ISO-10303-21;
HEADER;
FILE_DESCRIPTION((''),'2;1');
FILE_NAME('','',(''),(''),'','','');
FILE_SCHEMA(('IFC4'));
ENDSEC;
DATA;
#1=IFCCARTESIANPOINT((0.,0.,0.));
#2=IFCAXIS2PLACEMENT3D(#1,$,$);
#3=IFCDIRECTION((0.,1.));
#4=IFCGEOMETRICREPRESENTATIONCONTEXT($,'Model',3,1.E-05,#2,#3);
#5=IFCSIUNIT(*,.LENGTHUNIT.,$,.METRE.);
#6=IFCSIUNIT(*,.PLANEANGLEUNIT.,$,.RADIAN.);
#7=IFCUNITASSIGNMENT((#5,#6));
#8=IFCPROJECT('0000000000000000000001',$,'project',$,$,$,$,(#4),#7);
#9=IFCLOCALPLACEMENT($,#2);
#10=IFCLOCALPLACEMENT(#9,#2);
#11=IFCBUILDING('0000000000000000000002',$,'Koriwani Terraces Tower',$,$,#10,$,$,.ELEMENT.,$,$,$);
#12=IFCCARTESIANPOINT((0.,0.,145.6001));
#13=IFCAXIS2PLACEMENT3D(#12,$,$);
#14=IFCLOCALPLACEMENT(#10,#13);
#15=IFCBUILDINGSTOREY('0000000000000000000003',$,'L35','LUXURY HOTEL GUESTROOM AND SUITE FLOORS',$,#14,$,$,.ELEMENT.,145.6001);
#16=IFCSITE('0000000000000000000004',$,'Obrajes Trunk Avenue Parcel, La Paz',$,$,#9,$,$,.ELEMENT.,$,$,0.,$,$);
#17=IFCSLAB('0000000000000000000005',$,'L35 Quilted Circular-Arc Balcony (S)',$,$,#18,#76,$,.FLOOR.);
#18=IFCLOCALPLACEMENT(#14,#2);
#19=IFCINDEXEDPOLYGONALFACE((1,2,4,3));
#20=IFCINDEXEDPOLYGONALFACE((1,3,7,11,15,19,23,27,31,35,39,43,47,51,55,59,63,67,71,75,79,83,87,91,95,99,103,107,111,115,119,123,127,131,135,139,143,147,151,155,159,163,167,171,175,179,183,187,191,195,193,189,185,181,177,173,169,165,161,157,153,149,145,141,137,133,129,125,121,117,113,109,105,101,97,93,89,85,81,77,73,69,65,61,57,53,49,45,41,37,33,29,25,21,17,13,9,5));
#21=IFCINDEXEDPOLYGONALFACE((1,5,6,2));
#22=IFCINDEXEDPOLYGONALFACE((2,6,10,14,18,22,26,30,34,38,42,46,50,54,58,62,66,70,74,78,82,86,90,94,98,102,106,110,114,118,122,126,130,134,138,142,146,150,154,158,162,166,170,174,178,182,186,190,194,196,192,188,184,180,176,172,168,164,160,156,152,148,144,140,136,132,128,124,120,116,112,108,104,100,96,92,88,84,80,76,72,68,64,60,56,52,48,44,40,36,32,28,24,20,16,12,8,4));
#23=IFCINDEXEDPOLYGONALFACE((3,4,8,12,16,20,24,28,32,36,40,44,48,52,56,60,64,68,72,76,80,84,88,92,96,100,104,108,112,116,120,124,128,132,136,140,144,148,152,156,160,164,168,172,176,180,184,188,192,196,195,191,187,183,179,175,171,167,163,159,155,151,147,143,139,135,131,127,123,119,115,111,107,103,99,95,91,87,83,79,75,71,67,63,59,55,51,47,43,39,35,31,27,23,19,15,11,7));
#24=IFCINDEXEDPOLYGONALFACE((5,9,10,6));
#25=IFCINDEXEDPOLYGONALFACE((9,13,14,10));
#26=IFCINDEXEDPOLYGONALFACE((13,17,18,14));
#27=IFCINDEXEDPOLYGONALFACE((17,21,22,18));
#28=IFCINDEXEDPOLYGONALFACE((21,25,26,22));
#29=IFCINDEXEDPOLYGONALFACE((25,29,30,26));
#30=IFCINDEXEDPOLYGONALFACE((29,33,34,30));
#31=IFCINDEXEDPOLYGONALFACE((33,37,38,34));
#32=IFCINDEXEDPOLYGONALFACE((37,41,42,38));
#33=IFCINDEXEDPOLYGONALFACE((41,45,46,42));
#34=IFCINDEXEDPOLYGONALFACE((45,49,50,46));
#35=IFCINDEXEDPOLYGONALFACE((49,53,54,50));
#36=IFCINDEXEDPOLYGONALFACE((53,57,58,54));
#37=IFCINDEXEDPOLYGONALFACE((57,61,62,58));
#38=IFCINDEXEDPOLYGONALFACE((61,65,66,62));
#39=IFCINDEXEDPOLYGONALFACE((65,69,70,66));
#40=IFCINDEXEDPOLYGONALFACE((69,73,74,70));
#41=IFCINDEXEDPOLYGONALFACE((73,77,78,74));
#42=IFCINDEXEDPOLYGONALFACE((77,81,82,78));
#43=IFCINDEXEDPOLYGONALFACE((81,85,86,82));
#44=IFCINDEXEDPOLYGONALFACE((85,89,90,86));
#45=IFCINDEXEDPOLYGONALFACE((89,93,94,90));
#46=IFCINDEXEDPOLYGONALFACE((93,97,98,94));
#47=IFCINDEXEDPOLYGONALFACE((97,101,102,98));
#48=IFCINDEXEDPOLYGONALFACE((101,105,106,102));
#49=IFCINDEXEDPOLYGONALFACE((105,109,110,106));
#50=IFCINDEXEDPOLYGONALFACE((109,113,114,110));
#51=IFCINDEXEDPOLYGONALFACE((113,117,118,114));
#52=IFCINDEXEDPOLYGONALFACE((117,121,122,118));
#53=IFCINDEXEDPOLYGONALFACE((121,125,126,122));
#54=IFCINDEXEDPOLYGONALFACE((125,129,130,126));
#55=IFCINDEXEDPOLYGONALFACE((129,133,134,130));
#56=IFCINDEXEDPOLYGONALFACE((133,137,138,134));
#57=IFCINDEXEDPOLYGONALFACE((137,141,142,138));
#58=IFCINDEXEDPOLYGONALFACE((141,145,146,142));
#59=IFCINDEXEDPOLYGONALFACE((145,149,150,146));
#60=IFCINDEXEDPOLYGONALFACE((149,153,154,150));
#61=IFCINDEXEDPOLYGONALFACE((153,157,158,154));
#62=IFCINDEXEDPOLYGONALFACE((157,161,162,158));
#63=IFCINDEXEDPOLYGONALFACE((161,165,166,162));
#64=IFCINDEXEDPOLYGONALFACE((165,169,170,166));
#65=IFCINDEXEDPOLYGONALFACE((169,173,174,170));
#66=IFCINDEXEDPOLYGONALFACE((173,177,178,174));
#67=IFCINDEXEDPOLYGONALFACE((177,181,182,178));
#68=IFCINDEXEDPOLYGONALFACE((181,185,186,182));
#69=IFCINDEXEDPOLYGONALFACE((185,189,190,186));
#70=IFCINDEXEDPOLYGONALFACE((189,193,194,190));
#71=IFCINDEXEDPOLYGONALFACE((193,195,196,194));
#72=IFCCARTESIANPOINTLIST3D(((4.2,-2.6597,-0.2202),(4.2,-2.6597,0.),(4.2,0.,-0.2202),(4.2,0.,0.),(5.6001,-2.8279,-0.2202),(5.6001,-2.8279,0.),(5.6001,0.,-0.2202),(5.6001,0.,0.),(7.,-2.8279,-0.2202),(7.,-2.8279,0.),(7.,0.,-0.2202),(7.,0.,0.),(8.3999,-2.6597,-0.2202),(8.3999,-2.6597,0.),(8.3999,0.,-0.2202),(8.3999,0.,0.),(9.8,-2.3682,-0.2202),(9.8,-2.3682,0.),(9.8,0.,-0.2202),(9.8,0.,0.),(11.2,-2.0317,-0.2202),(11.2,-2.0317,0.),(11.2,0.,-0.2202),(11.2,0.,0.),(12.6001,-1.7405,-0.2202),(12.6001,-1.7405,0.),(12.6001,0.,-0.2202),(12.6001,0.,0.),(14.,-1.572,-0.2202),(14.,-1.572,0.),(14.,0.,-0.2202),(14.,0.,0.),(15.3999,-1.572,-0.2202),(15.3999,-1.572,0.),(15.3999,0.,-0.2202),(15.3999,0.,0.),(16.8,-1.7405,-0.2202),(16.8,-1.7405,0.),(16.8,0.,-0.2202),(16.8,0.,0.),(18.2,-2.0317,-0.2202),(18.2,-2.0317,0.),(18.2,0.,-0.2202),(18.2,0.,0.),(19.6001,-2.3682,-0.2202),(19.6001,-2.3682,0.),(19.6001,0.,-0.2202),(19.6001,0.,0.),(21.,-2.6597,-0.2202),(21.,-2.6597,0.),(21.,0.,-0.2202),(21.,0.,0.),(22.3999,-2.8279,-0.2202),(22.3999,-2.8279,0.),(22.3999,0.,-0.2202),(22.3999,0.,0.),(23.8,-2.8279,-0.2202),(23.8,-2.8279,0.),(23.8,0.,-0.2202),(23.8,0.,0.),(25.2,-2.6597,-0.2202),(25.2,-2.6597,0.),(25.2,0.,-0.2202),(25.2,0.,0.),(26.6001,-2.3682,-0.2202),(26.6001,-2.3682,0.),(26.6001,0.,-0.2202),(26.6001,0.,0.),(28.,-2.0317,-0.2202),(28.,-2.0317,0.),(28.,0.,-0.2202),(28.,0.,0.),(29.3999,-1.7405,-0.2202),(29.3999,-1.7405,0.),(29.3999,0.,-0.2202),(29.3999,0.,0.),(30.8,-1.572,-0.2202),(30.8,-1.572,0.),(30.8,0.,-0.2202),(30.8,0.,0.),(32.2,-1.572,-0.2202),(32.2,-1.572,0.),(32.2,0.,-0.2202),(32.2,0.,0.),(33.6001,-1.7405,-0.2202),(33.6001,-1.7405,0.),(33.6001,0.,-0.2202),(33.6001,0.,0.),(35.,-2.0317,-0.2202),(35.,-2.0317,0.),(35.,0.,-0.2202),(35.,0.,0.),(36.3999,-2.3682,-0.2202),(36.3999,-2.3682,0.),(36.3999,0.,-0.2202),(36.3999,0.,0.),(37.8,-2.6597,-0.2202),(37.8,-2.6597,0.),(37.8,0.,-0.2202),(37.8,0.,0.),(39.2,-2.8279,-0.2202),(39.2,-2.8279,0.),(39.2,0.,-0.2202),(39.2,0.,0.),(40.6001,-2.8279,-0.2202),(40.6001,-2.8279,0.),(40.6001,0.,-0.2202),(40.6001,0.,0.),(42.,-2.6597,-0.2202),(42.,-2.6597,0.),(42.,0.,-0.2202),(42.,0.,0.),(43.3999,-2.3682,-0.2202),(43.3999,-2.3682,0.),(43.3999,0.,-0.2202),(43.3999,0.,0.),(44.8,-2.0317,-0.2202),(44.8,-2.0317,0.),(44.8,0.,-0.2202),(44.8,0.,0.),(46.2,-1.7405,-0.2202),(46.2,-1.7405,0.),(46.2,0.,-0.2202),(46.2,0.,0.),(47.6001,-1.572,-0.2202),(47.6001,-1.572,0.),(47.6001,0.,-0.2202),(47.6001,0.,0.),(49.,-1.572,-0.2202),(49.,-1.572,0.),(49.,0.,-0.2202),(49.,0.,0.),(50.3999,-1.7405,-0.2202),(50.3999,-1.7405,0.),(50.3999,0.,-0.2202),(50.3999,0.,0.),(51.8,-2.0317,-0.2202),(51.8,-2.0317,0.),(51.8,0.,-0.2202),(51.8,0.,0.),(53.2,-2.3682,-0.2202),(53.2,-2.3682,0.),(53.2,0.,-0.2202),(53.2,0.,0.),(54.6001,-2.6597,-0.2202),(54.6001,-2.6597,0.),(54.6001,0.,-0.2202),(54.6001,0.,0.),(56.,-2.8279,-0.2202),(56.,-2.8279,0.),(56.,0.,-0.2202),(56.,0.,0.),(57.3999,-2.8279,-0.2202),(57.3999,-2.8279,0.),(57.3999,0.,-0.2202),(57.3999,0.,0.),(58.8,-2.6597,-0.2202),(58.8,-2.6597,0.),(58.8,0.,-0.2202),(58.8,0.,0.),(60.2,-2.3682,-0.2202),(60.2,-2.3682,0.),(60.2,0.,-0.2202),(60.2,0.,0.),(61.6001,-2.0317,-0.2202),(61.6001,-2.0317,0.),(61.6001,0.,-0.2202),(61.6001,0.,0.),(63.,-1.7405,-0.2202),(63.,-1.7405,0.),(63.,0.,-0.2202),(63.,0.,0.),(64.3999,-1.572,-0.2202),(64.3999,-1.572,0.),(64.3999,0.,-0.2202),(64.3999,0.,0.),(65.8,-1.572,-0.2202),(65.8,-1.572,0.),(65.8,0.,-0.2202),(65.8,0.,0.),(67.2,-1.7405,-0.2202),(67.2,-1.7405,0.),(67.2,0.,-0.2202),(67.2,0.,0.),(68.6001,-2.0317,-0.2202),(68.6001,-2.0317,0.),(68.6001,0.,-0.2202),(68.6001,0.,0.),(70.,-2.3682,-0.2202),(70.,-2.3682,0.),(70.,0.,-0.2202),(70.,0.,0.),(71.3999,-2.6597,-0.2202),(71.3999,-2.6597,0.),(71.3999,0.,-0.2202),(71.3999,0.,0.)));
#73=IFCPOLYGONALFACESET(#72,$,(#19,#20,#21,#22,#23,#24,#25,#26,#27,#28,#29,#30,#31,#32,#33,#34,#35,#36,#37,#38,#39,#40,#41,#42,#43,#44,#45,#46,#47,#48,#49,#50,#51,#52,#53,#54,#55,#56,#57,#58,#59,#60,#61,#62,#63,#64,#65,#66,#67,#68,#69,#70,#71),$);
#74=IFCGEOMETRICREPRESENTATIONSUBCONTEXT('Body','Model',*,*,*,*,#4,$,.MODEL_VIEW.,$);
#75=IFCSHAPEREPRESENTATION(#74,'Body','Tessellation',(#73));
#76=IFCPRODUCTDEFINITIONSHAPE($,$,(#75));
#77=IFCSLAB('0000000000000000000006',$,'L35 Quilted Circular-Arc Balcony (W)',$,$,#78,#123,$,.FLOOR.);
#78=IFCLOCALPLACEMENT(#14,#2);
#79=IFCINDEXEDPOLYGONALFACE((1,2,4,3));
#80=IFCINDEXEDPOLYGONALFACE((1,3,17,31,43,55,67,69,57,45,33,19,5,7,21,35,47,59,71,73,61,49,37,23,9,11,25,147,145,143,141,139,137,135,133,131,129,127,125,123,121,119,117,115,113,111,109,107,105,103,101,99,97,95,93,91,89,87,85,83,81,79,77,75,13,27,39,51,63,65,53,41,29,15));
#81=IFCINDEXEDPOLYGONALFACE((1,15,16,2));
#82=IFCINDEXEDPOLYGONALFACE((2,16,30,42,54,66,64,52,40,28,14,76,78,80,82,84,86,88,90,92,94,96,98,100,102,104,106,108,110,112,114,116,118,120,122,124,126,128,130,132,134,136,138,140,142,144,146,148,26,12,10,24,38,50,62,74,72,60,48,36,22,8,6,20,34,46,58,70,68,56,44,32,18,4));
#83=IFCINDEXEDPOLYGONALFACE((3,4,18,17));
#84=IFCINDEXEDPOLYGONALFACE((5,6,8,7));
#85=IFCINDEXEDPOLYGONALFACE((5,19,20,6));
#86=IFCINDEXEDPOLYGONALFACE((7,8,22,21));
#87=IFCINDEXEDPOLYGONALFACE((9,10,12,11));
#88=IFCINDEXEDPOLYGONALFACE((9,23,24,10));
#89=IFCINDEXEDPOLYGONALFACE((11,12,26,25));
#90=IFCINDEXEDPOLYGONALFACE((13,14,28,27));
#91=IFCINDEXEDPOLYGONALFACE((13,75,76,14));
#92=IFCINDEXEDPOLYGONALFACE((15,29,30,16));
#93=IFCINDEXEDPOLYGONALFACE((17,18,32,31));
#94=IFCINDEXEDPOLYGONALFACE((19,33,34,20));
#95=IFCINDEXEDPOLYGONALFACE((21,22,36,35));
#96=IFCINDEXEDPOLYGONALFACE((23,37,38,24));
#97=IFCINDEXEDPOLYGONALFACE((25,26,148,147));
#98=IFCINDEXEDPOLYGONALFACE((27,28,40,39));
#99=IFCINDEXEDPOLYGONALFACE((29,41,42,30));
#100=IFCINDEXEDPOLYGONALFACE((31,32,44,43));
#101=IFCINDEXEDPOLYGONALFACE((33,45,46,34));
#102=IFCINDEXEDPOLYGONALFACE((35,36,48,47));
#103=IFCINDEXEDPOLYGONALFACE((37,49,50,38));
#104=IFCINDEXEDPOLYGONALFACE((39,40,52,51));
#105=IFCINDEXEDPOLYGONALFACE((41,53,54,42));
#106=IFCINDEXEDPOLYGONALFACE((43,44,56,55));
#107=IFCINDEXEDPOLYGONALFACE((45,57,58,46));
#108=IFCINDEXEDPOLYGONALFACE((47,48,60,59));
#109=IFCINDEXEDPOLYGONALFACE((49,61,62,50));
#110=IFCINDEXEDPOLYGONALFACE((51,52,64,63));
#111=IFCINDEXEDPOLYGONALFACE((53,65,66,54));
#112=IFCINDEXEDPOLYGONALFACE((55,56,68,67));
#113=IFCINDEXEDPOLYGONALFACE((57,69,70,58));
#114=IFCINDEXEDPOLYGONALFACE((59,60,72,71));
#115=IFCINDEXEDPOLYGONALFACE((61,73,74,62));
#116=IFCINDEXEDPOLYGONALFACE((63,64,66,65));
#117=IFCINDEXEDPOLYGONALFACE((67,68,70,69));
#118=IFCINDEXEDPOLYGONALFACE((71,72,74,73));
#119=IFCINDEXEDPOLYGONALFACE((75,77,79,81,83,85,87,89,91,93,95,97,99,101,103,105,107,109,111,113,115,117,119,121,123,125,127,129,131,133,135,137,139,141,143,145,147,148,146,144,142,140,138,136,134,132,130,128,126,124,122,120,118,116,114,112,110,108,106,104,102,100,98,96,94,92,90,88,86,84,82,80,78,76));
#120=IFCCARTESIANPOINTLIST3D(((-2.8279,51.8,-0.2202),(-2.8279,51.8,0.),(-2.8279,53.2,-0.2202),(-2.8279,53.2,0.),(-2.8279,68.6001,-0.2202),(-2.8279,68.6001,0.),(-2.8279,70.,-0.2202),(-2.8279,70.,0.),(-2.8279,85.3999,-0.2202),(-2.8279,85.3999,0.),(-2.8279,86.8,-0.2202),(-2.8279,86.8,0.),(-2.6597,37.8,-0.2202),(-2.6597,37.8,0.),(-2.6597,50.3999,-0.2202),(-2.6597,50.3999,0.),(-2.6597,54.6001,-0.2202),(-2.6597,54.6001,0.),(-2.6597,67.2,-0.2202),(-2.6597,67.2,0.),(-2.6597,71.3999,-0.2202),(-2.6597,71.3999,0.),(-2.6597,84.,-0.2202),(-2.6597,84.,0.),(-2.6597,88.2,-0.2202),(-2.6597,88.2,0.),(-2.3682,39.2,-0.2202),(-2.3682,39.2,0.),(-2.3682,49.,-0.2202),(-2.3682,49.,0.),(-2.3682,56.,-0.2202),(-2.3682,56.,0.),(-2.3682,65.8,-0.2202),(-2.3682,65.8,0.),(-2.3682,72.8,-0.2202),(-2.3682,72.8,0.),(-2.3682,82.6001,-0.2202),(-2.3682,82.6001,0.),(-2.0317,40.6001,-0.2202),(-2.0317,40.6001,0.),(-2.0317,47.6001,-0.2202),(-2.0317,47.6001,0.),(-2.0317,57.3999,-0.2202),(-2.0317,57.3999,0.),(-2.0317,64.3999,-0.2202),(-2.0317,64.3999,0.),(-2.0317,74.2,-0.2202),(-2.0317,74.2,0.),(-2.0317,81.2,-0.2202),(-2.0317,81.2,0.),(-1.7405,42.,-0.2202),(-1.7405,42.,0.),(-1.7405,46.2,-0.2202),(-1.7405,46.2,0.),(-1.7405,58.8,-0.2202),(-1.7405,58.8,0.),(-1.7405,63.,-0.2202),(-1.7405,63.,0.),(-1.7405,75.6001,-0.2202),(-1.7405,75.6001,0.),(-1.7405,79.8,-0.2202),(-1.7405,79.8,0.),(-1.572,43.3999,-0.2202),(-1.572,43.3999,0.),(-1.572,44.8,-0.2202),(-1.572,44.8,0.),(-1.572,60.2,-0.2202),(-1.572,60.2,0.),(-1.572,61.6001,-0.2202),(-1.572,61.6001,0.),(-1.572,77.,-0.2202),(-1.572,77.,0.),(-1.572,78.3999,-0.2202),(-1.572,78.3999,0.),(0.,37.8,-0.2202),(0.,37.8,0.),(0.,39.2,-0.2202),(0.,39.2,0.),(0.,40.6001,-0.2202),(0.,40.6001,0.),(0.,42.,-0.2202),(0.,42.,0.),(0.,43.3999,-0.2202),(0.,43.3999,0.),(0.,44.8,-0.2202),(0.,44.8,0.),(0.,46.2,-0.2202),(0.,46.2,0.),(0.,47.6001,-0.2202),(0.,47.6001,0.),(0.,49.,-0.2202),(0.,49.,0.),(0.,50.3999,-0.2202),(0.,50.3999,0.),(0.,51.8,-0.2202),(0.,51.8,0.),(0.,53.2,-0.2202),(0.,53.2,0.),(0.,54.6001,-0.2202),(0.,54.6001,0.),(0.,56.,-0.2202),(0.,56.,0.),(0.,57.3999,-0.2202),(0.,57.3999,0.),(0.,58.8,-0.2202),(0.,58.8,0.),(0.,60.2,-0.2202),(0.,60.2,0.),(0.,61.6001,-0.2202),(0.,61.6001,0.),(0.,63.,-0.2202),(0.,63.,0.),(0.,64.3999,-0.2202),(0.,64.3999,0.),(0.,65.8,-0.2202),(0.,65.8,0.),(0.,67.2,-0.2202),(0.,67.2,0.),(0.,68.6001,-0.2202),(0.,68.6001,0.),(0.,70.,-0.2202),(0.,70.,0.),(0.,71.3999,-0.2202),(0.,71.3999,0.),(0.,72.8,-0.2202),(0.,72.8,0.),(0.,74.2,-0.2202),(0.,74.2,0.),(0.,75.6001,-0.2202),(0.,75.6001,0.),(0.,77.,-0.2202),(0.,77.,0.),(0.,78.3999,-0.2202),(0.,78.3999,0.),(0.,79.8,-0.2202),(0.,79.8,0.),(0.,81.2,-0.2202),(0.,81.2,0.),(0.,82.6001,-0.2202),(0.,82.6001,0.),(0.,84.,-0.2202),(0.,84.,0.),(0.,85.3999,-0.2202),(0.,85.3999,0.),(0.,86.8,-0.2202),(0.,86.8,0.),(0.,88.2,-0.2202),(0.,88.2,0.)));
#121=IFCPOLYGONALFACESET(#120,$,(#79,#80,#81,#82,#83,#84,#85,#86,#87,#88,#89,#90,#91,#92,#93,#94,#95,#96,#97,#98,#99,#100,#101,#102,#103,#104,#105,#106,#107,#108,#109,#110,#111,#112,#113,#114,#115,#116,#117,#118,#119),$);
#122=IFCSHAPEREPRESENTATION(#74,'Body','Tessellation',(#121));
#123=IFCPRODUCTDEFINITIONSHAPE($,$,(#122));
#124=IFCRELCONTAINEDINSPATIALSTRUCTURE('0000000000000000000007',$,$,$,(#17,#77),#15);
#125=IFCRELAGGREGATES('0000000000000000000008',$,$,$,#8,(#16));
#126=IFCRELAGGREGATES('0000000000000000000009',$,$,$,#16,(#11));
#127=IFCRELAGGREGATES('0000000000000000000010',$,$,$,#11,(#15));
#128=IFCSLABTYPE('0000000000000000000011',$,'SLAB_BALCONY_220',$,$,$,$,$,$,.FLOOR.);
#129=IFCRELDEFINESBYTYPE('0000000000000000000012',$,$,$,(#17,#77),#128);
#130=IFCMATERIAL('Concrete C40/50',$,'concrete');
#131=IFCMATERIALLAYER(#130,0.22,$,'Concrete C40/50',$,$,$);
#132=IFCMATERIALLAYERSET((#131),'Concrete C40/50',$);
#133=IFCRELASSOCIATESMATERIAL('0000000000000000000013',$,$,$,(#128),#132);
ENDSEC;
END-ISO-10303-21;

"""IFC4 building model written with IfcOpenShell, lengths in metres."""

from ifc_helpers import new_model, si_unit, direction, frame, origin, place, context, subcontext, project, spatial, polyline, outline, extrude, material, layer, layer_set, type_object, element, save


model = new_model("IFC4")

# Units and contexts
model_context = context("Model", 3, precision=1e-05, world=origin(), true_north=direction((0.0, 1.0)))
body_context = subcontext(model_context, "Body", "Model", "MODEL_VIEW")
ifc_project = project(units=[si_unit("LENGTHUNIT", "METRE"), si_unit("PLANEANGLEUNIT", "RADIAN")], contexts=[model_context])

# Site, building, storey
site_placement = place(None, origin())
site = spatial("IfcSite", under=ifc_project, at=site_placement, Name="Obrajes Trunk Avenue Parcel, La Paz", CompositionType="ELEMENT", RefElevation=0.0)
building_placement = place(site_placement, origin())
building = spatial("IfcBuilding", under=site, at=building_placement, Name="Koriwani Terraces Tower", CompositionType="ELEMENT")
storey_placement = place(building_placement, frame((0.0, 0.0, 145.6001)))
storey = spatial("IfcBuildingStorey", under=building, at=storey_placement, Name="L35", Description="LUXURY HOTEL GUESTROOM AND SUITE FLOORS", CompositionType="ELEMENT", Elevation=145.6001)

# Shared definitions
ifc_material_1 = material(Name="Concrete C40/50", Category="concrete")

# Slabs
ifc_layer_1 = layer(ifc_material_1, 0.22, Name="Concrete C40/50")
ifc_layer_set_1 = layer_set([ifc_layer_1], Name="Concrete C40/50")
slab_type_1 = type_object("IfcSlabType", Name="SLAB_BALCONY_220", PredefinedType="FLOOR", material=ifc_layer_set_1)
slab_1_placement = place(storey_placement, frame((0.0, 0.0, -0.2202)))
element("IfcSlab", 1, at=slab_1_placement, inside=storey, type_object=slab_type_1, Name="L35 Quilted Circular-Arc Balcony (S)", PredefinedType="FLOOR", context=body_context, shape_type="SweptSolid", body=[
    extrude(outline(polyline([(4.2, 0.0), (5.6001, 0.0), (7.0, 0.0), (8.3999, 0.0), (9.8, 0.0), (11.2, 0.0), (12.6001, 0.0), (14.0, 0.0), (15.3999, 0.0), (16.8, 0.0), (18.2, 0.0), (19.6001, 0.0), (21.0, 0.0), (22.3999, 0.0), (23.8, 0.0), (25.2, 0.0), (26.6001, 0.0), (28.0, 0.0), (29.3999, 0.0), (30.8, 0.0), (32.2, 0.0), (33.6001, 0.0), (35.0, 0.0), (36.3999, 0.0), (37.8, 0.0), (39.2, 0.0), (40.6001, 0.0), (42.0, 0.0), (43.3999, 0.0), (44.8, 0.0), (46.2, 0.0), (47.6001, 0.0), (49.0, 0.0), (50.3999, 0.0), (51.8, 0.0), (53.2, 0.0), (54.6001, 0.0), (56.0, 0.0), (57.3999, 0.0), (58.8, 0.0), (60.2, 0.0), (61.6001, 0.0), (63.0, 0.0), (64.3999, 0.0), (65.8, 0.0), (67.2, 0.0), (68.6001, 0.0), (70.0, 0.0), (71.3999, 0.0), (71.3999, -2.6597), (70.0, -2.3682), (68.6001, -2.0317), (67.2, -1.7405), (65.8, -1.572), (64.3999, -1.572), (63.0, -1.7405), (61.6001, -2.0317), (60.2, -2.3682), (58.8, -2.6597), (57.3999, -2.8279), (56.0, -2.8279), (54.6001, -2.6597), (53.2, -2.3682), (51.8, -2.0317), (50.3999, -1.7405), (49.0, -1.572), (47.6001, -1.572), (46.2, -1.7405), (44.8, -2.0317), (43.3999, -2.3682), (42.0, -2.6597), (40.6001, -2.8279), (39.2, -2.8279), (37.8, -2.6597), (36.3999, -2.3682), (35.0, -2.0317), (33.6001, -1.7405), (32.2, -1.572), (30.8, -1.572), (29.3999, -1.7405), (28.0, -2.0317), (26.6001, -2.3682), (25.2, -2.6597), (23.8, -2.8279), (22.3999, -2.8279), (21.0, -2.6597), (19.6001, -2.3682), (18.2, -2.0317), (16.8, -1.7405), (15.3999, -1.572), (14.0, -1.572), (12.6001, -1.7405), (11.2, -2.0317), (9.8, -2.3682), (8.3999, -2.6597), (7.0, -2.8279), (5.6001, -2.8279), (4.2, -2.6597), (4.2, 0.0)])), origin(), (0.0, 0.0, 1.0), 0.2202),
])
slab_2_placement = place(storey_placement, frame((0.0, 0.0, -0.2202)))
element("IfcSlab", 2, at=slab_2_placement, inside=storey, type_object=slab_type_1, Name="L35 Quilted Circular-Arc Balcony (W)", PredefinedType="FLOOR", context=body_context, shape_type="SweptSolid", body=[
    extrude(outline(polyline([(0.0, 37.8), (0.0, 39.2), (0.0, 40.6001), (0.0, 42.0), (0.0, 43.3999), (0.0, 44.8), (0.0, 46.2), (0.0, 47.6001), (0.0, 49.0), (0.0, 50.3999), (0.0, 51.8), (0.0, 53.2), (0.0, 54.6001), (0.0, 56.0), (0.0, 57.3999), (0.0, 58.8), (0.0, 60.2), (0.0, 61.6001), (0.0, 63.0), (0.0, 64.3999), (0.0, 65.8), (0.0, 67.2), (0.0, 68.6001), (0.0, 70.0), (0.0, 71.3999), (0.0, 72.8), (0.0, 74.2), (0.0, 75.6001), (0.0, 77.0), (0.0, 78.3999), (0.0, 79.8), (0.0, 81.2), (0.0, 82.6001), (0.0, 84.0), (0.0, 85.3999), (0.0, 86.8), (0.0, 88.2), (-2.6597, 88.2), (-2.8279, 86.8), (-2.8279, 85.3999), (-2.6597, 84.0), (-2.3682, 82.6001), (-2.0317, 81.2), (-1.7405, 79.8), (-1.572, 78.3999), (-1.572, 77.0), (-1.7405, 75.6001), (-2.0317, 74.2), (-2.3682, 72.8), (-2.6597, 71.3999), (-2.8279, 70.0), (-2.8279, 68.6001), (-2.6597, 67.2), (-2.3682, 65.8), (-2.0317, 64.3999), (-1.7405, 63.0), (-1.572, 61.6001), (-1.572, 60.2), (-1.7405, 58.8), (-2.0317, 57.3999), (-2.3682, 56.0), (-2.6597, 54.6001), (-2.8279, 53.2), (-2.8279, 51.8), (-2.6597, 50.3999), (-2.3682, 49.0), (-2.0317, 47.6001), (-1.7405, 46.2), (-1.572, 44.8), (-1.572, 43.3999), (-1.7405, 42.0), (-2.0317, 40.6001), (-2.3682, 39.2), (-2.6597, 37.8), (0.0, 37.8)])), origin(), (0.0, 0.0, 1.0), 0.2202),
])

save(model, "model.ifc")
